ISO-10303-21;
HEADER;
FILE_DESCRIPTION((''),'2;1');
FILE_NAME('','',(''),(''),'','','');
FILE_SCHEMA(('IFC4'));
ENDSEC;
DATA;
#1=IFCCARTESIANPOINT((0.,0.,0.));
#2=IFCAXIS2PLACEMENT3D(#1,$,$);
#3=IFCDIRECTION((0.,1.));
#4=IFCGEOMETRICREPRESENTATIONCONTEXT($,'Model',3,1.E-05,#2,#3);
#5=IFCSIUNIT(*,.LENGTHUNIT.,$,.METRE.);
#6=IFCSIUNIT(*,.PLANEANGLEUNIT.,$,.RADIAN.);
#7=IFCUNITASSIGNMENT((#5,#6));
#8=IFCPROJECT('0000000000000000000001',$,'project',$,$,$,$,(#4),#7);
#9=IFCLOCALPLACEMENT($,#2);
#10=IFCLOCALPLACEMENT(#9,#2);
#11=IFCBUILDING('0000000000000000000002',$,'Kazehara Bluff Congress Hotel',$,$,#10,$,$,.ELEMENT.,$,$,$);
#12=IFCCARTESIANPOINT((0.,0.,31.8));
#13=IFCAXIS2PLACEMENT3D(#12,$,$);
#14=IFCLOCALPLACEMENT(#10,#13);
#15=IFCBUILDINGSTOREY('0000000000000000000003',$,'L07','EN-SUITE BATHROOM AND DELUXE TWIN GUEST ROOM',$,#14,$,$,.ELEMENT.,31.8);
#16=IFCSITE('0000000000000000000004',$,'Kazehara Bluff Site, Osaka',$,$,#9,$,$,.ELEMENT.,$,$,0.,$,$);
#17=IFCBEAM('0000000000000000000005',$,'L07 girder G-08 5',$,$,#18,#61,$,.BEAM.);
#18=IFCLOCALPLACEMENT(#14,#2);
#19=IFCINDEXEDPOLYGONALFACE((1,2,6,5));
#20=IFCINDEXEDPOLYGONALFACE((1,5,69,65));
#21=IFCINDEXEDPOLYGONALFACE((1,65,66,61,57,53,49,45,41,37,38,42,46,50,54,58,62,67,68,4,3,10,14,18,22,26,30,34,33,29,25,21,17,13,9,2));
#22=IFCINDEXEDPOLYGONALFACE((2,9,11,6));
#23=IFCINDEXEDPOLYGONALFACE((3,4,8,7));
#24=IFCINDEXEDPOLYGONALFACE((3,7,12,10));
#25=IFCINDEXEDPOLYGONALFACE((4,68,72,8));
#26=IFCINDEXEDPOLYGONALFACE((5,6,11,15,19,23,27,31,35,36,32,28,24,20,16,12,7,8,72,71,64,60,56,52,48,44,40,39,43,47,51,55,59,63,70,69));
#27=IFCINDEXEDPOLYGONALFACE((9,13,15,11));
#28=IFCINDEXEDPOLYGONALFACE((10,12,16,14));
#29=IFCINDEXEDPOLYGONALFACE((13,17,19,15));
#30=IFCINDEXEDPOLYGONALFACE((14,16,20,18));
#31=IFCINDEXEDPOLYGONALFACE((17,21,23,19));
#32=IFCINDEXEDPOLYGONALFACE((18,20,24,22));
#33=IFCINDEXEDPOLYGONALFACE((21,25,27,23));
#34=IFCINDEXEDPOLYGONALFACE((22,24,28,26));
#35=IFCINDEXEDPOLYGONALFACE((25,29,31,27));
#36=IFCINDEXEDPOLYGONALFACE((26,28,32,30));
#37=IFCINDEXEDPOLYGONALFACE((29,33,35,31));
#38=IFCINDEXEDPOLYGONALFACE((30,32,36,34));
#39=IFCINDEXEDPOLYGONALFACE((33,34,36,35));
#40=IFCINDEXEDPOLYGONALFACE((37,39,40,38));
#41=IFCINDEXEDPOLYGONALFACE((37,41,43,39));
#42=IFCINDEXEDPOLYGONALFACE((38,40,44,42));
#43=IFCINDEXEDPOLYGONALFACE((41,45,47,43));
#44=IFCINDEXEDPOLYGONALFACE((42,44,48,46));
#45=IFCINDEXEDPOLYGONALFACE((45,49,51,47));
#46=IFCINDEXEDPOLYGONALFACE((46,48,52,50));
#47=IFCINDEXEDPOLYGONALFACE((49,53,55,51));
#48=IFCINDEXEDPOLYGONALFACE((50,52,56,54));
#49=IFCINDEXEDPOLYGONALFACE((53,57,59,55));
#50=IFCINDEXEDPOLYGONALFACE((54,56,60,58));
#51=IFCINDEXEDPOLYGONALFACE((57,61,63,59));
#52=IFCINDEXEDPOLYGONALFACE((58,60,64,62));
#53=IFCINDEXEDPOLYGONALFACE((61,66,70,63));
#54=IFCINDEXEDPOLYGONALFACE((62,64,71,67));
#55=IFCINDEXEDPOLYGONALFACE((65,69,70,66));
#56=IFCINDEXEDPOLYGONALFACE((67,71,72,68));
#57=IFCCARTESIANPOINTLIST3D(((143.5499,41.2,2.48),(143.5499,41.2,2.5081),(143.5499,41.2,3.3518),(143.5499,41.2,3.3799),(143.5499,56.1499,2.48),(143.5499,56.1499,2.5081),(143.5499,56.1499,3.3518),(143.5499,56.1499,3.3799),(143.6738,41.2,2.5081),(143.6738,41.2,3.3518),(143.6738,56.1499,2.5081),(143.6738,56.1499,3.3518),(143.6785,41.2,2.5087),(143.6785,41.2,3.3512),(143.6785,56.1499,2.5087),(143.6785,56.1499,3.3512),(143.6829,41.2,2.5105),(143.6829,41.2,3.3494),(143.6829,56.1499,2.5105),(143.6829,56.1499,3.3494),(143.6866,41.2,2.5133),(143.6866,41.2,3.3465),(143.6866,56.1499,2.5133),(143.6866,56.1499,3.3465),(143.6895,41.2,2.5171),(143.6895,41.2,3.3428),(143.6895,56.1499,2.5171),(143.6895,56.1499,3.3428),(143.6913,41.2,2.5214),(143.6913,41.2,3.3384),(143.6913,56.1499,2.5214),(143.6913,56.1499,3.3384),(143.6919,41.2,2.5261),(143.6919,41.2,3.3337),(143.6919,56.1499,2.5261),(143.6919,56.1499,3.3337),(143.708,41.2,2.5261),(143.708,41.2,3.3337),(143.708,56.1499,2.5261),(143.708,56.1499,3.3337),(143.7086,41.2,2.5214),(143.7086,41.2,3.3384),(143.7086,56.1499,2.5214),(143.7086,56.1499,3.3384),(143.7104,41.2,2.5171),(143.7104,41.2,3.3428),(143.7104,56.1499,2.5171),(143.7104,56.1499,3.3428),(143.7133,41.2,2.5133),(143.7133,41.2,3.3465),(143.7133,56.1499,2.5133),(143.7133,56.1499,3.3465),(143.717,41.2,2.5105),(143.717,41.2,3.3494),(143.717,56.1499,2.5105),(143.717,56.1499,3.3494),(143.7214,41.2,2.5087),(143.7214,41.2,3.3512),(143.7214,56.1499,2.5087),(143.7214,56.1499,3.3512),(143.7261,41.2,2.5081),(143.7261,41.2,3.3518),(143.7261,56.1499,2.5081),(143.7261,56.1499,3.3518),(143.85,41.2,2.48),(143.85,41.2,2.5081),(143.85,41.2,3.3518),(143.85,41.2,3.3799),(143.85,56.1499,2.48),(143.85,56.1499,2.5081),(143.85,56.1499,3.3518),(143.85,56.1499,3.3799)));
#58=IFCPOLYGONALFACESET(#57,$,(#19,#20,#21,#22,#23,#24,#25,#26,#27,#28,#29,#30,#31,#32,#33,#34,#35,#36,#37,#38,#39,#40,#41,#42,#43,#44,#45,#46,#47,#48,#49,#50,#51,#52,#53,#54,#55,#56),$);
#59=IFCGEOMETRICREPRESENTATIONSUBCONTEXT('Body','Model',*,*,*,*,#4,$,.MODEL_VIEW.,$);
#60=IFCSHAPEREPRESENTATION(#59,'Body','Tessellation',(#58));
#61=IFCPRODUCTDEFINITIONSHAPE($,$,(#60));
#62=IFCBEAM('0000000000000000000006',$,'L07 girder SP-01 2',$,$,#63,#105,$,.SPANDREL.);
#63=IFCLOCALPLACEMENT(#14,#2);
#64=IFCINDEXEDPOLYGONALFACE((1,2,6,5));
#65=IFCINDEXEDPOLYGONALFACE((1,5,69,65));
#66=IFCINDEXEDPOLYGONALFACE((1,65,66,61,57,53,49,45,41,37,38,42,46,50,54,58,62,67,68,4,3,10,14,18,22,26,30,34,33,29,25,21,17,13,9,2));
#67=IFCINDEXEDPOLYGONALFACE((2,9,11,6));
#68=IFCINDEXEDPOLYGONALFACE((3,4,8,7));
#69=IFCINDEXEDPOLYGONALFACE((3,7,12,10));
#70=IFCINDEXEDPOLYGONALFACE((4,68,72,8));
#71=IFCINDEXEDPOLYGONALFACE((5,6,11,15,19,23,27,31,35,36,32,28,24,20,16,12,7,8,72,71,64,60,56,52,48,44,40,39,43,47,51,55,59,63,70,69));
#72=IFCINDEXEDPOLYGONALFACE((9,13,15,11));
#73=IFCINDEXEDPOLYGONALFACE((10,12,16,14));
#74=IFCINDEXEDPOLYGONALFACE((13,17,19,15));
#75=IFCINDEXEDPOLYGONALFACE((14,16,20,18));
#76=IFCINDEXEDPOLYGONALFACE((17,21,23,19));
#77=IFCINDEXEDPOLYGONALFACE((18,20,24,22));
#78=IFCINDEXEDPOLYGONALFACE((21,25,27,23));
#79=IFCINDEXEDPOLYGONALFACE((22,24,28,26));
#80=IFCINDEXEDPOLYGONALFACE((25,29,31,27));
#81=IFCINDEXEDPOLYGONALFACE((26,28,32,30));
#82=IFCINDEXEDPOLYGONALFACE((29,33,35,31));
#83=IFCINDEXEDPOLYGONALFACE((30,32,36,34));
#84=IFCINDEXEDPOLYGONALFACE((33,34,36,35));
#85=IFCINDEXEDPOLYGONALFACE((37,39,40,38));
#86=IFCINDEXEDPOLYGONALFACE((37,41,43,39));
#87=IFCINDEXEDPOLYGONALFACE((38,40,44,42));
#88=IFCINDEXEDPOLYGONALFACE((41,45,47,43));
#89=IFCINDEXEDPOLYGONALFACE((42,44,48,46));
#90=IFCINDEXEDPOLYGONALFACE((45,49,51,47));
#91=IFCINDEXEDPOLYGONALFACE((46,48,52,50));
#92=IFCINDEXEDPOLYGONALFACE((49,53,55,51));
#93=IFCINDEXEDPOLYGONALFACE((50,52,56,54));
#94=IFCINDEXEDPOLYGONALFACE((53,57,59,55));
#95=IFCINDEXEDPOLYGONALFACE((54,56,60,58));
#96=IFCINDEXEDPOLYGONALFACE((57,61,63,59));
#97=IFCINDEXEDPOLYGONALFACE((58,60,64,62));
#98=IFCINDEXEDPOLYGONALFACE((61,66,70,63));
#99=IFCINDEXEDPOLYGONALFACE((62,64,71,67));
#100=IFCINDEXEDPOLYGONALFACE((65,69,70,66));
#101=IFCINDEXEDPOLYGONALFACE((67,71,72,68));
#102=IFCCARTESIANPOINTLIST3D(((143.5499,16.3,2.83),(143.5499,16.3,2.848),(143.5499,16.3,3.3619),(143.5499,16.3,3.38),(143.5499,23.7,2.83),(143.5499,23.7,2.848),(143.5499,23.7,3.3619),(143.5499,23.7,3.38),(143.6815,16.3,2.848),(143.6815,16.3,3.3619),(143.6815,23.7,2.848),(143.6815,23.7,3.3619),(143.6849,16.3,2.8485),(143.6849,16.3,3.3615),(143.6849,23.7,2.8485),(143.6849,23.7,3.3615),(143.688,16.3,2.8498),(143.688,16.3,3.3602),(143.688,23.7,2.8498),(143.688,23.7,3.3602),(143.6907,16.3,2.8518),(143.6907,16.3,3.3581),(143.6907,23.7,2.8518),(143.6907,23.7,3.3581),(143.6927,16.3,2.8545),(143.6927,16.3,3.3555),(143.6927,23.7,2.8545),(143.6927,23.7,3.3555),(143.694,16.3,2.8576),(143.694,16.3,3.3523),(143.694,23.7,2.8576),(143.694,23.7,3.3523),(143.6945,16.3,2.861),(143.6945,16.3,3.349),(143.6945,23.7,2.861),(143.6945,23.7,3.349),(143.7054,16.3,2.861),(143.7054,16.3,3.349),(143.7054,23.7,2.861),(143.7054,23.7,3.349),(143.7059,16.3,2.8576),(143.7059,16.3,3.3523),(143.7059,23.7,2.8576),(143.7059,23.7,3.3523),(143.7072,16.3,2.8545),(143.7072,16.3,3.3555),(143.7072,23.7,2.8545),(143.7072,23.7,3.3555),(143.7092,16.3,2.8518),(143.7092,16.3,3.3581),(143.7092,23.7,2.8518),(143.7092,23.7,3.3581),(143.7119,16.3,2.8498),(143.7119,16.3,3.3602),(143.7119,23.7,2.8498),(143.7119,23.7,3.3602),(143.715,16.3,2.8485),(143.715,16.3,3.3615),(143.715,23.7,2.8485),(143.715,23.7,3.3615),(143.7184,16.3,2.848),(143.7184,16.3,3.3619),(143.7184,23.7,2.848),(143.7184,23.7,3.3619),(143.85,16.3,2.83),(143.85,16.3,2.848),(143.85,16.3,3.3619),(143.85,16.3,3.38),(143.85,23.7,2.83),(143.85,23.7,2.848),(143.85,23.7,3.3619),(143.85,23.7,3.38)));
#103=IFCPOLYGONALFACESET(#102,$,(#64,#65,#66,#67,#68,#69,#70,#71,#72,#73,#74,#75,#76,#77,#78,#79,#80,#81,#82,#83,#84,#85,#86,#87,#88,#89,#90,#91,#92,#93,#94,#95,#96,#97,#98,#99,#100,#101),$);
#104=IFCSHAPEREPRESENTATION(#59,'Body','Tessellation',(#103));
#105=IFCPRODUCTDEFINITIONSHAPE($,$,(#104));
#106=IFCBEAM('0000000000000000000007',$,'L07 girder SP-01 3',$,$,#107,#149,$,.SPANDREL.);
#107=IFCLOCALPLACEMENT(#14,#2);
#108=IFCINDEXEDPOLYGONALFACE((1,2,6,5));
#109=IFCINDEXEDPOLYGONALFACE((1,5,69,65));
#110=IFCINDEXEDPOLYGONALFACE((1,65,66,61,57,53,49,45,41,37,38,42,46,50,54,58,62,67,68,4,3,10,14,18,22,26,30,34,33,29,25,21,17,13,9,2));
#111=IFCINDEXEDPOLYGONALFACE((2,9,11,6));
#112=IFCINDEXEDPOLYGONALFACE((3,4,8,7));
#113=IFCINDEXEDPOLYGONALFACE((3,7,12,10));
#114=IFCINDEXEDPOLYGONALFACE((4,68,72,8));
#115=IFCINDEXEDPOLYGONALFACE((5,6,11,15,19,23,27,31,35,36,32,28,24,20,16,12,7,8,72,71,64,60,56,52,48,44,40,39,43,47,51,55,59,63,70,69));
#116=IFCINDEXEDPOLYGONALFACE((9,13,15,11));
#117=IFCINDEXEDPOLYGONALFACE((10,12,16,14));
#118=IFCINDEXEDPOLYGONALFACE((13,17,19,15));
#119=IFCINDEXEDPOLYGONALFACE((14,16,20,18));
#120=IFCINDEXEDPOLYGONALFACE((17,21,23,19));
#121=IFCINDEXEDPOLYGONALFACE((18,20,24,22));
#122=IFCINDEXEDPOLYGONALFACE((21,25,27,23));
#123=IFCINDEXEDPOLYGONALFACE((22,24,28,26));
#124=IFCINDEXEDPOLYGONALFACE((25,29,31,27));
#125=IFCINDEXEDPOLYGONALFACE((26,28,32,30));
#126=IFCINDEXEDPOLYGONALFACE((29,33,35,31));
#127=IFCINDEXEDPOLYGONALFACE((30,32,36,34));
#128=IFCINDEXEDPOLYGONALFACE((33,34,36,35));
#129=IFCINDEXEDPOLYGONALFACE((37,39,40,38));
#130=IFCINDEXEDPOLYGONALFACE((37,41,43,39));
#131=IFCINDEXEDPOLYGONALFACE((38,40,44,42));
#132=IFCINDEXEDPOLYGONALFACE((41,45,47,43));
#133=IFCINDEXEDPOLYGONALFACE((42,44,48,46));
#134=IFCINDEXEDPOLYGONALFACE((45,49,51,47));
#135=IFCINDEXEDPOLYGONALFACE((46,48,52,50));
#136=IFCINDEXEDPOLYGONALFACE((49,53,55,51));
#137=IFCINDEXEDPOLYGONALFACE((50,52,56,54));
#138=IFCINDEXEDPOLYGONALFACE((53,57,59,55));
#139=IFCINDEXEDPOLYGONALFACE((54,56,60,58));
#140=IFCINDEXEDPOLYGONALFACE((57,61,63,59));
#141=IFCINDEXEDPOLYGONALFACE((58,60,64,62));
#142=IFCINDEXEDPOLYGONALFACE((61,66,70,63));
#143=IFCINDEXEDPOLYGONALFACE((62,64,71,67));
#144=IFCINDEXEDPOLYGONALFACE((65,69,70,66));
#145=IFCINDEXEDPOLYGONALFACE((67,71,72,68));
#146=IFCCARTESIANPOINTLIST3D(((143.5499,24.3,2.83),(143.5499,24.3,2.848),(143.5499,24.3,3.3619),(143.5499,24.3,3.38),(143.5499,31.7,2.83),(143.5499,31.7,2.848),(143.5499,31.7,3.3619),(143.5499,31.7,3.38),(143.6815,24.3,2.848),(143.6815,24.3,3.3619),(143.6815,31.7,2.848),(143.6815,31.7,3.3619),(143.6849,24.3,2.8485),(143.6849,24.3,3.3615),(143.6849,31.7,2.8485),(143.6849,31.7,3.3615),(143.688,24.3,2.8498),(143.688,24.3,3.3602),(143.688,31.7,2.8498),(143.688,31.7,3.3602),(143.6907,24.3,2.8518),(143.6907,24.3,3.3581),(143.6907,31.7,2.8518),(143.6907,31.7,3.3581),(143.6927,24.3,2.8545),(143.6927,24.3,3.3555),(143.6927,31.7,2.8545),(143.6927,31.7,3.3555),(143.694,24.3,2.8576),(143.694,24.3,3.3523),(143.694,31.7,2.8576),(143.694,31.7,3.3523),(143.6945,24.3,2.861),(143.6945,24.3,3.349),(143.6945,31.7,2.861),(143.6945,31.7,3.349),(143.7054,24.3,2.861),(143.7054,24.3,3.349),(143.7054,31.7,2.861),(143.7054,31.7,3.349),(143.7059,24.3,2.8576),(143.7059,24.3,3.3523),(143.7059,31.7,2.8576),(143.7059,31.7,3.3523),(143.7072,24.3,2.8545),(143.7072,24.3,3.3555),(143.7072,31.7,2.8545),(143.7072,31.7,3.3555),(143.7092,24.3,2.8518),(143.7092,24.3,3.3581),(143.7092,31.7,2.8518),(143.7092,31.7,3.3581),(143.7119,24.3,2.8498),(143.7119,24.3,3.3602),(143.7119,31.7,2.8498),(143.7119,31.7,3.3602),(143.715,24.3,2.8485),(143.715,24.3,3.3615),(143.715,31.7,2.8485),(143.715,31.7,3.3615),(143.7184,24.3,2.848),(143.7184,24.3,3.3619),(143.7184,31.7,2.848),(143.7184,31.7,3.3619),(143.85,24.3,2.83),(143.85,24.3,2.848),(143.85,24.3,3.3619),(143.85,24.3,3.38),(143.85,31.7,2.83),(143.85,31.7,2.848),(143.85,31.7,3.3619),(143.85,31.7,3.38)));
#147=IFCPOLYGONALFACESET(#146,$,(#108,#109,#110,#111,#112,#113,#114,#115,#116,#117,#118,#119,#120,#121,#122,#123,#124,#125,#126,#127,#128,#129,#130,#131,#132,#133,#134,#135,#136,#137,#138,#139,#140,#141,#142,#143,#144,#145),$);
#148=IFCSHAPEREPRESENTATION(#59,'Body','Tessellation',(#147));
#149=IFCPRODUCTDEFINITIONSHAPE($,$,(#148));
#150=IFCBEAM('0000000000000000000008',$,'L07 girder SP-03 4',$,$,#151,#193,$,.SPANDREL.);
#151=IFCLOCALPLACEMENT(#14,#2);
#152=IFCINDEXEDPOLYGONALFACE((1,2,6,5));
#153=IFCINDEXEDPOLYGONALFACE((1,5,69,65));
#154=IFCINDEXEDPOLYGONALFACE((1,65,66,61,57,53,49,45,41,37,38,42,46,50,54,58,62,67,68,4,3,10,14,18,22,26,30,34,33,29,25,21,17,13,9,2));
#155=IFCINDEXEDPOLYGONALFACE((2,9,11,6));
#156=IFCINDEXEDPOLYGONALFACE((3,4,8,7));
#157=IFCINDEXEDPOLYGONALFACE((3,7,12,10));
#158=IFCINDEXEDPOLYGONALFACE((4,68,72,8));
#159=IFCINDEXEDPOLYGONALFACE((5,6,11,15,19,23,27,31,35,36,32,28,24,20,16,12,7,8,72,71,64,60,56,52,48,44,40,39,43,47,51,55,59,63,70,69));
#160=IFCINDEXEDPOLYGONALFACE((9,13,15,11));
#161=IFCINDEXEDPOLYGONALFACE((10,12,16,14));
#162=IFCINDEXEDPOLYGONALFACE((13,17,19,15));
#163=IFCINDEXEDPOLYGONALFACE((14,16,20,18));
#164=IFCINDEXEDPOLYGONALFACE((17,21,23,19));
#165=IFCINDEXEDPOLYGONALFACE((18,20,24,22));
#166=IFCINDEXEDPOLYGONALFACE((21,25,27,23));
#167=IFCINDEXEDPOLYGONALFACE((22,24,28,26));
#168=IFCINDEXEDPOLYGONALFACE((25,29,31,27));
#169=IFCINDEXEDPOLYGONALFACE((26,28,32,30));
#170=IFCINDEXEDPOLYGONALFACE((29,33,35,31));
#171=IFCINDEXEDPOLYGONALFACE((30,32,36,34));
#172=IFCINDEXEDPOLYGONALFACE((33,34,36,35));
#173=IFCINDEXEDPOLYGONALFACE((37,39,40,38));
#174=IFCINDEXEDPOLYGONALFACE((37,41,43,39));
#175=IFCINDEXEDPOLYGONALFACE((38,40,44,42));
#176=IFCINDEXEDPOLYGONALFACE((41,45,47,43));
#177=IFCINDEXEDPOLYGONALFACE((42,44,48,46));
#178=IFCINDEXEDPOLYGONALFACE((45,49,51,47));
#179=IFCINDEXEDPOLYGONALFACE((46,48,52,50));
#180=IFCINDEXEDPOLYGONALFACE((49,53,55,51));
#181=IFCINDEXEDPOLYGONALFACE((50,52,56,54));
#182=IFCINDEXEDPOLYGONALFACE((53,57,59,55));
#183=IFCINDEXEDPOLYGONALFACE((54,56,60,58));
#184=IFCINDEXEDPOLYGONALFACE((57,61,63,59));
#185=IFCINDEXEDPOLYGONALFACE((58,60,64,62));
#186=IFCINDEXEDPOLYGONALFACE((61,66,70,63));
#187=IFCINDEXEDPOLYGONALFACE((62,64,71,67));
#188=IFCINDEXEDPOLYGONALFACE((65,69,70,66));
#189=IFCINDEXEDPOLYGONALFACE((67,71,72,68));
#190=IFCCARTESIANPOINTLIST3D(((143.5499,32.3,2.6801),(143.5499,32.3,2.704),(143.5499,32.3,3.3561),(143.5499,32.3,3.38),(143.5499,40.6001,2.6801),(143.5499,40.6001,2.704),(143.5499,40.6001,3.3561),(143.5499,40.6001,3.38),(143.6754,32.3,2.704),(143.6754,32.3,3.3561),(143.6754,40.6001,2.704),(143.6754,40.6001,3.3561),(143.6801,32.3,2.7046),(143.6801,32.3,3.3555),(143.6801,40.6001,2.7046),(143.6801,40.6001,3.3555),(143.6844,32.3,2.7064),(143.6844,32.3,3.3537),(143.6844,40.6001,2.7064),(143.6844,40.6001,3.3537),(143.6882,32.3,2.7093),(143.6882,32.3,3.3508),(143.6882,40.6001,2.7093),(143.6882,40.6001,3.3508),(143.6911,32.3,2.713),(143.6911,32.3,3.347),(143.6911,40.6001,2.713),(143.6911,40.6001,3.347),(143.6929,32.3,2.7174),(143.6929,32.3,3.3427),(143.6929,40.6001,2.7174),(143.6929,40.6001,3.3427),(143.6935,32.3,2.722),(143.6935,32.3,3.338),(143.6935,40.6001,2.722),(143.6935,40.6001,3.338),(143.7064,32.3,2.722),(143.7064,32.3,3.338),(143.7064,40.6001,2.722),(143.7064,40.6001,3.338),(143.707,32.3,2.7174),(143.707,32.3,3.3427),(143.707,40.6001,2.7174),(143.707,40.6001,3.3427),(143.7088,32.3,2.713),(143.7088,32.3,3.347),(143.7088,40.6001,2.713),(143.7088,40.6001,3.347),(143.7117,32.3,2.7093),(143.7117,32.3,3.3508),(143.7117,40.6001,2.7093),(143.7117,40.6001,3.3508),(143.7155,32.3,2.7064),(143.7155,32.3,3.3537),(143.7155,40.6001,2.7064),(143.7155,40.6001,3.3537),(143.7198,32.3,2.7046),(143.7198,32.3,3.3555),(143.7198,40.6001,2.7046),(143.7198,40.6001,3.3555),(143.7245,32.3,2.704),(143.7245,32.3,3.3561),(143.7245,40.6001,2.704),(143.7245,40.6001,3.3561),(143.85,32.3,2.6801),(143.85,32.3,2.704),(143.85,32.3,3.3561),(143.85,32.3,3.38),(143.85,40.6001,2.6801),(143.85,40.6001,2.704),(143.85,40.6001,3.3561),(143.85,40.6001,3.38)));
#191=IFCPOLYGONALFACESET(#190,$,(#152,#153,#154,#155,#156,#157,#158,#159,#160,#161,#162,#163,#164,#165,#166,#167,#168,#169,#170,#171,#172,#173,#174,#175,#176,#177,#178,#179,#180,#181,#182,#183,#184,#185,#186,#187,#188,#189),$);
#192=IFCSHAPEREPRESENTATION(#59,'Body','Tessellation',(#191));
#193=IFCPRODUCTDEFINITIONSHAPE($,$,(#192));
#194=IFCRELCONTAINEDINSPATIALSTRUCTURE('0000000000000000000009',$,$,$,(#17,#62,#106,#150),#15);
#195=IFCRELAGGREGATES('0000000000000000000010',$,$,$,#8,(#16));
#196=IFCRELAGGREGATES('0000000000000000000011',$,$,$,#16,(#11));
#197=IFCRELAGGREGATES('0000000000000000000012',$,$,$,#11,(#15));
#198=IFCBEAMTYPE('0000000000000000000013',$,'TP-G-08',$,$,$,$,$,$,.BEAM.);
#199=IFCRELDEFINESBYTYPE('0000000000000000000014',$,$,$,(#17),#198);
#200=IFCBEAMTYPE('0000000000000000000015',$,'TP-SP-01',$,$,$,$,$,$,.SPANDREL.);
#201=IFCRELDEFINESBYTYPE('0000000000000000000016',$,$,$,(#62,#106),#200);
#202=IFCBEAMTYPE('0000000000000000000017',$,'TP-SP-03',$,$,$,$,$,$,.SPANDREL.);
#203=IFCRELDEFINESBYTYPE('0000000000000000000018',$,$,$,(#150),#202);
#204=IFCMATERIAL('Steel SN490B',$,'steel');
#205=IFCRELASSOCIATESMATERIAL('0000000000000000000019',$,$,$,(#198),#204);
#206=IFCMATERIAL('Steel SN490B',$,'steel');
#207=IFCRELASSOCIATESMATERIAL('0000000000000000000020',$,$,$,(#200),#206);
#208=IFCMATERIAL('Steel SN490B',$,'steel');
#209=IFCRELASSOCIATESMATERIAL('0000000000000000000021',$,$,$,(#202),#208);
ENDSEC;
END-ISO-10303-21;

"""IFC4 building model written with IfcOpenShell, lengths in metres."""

from ifc_helpers import new_model, si_unit, direction, frame, origin, origin_2d, place, context, subcontext, project, spatial, i_section, extrude, material, material_profile, profile_set, type_object, element, save


model = new_model("IFC4")

# Units and contexts
model_context = context("Model", 3, precision=1e-05, world=origin(), true_north=direction((0.0, 1.0)))
body_context = subcontext(model_context, "Body", "Model", "MODEL_VIEW")
ifc_project = project(units=[si_unit("LENGTHUNIT", "METRE"), si_unit("PLANEANGLEUNIT", "RADIAN")], contexts=[model_context])

# Site, building, storey
site_placement = place(None, origin())
site = spatial("IfcSite", under=ifc_project, at=site_placement, Name="Kazehara Bluff Site, Osaka", CompositionType="ELEMENT", RefElevation=0.0)
building_placement = place(site_placement, origin())
building = spatial("IfcBuilding", under=site, at=building_placement, Name="Kazehara Bluff Congress Hotel", CompositionType="ELEMENT")
storey_placement = place(building_placement, frame((0.0, 0.0, 31.8)))
storey = spatial("IfcBuildingStorey", under=building, at=storey_placement, Name="L07", Description="EN-SUITE BATHROOM AND DELUXE TWIN GUEST ROOM", CompositionType="ELEMENT", Elevation=31.8)

# Beams
ifc_material_1 = material(Name="Steel SN490B", Category="steel")
ifc_material_profile_1 = material_profile(ifc_material_1, i_section(OverallWidth=0.3, OverallDepth=0.8999, WebThickness=0.0161, FlangeThickness=0.0281, FilletRadius=0.0181, at=origin_2d()))
ifc_profile_set_1 = profile_set([ifc_material_profile_1], Name="Steel SN490B")
beam_type_1 = type_object("IfcBeamType", Name="TP-G-08", PredefinedType="BEAM", material=ifc_profile_set_1)
beam_1_placement = place(storey_placement, frame((143.7, 41.2, 2.9299), z_axis=(0.0, 1.0, 0.0), x_axis=(-1.0, 0.0, 0.0)))
element("IfcBeam", 1, at=beam_1_placement, inside=storey, type_object=beam_type_1, Name="L07 girder G-08 5", PredefinedType="BEAM", context=body_context, shape_type="SweptSolid", body=[
    extrude(i_section(OverallWidth=0.3, OverallDepth=0.8999, WebThickness=0.0161, FlangeThickness=0.0281, FilletRadius=0.0181, at=origin_2d()), origin(), (0.0, 0.0, 1.0), 14.95),
])
ifc_material_2 = material(Name="Steel SN490B", Category="steel")
ifc_material_profile_2 = material_profile(ifc_material_2, i_section(OverallWidth=0.3, OverallDepth=0.55, WebThickness=0.011, FlangeThickness=0.0181, FilletRadius=0.0129, at=origin_2d()))
ifc_profile_set_2 = profile_set([ifc_material_profile_2], Name="Steel SN490B")
beam_type_2 = type_object("IfcBeamType", Name="TP-SP-01", PredefinedType="SPANDREL", material=ifc_profile_set_2)
for number, where, z_axis, x_axis, name in (
    (2, (143.7, 16.3, 3.105), (0.0, 1.0, 0.0), (-1.0, 0.0, 0.0), "L07 girder SP-01 2"),
    (3, (143.7, 24.3, 3.105), (0.0, 1.0, 0.0), (-1.0, 0.0, 0.0), "L07 girder SP-01 3"),
):
    element("IfcBeam", number, at=place(storey_placement, frame(where, z_axis=z_axis, x_axis=x_axis)), inside=storey, type_object=beam_type_2, Name=name, PredefinedType="SPANDREL", context=body_context, shape_type="SweptSolid", body=[
        extrude(i_section(OverallWidth=0.3, OverallDepth=0.55, WebThickness=0.011, FlangeThickness=0.0181, FilletRadius=0.0129, at=origin_2d()), origin(), (0.0, 0.0, 1.0), 7.3999),
    ])
ifc_material_3 = material(Name="Steel SN490B", Category="steel")
ifc_material_profile_3 = material_profile(ifc_material_3, i_section(OverallWidth=0.3, OverallDepth=0.7, WebThickness=0.0129, FlangeThickness=0.0239, FilletRadius=0.0181, at=origin_2d()))
ifc_profile_set_3 = profile_set([ifc_material_profile_3], Name="Steel SN490B")
beam_type_3 = type_object("IfcBeamType", Name="TP-SP-03", PredefinedType="SPANDREL", material=ifc_profile_set_3)
beam_2_placement = place(storey_placement, frame((143.7, 32.3, 3.03), z_axis=(0.0, 1.0, 0.0), x_axis=(-1.0, 0.0, 0.0)))
element("IfcBeam", 4, at=beam_2_placement, inside=storey, type_object=beam_type_3, Name="L07 girder SP-03 4", PredefinedType="SPANDREL", context=body_context, shape_type="SweptSolid", body=[
    extrude(i_section(OverallWidth=0.3, OverallDepth=0.7, WebThickness=0.0129, FlangeThickness=0.0239, FilletRadius=0.0181, at=origin_2d()), origin(), (0.0, 0.0, 1.0), 8.3),
])

save(model, "model.ifc")
